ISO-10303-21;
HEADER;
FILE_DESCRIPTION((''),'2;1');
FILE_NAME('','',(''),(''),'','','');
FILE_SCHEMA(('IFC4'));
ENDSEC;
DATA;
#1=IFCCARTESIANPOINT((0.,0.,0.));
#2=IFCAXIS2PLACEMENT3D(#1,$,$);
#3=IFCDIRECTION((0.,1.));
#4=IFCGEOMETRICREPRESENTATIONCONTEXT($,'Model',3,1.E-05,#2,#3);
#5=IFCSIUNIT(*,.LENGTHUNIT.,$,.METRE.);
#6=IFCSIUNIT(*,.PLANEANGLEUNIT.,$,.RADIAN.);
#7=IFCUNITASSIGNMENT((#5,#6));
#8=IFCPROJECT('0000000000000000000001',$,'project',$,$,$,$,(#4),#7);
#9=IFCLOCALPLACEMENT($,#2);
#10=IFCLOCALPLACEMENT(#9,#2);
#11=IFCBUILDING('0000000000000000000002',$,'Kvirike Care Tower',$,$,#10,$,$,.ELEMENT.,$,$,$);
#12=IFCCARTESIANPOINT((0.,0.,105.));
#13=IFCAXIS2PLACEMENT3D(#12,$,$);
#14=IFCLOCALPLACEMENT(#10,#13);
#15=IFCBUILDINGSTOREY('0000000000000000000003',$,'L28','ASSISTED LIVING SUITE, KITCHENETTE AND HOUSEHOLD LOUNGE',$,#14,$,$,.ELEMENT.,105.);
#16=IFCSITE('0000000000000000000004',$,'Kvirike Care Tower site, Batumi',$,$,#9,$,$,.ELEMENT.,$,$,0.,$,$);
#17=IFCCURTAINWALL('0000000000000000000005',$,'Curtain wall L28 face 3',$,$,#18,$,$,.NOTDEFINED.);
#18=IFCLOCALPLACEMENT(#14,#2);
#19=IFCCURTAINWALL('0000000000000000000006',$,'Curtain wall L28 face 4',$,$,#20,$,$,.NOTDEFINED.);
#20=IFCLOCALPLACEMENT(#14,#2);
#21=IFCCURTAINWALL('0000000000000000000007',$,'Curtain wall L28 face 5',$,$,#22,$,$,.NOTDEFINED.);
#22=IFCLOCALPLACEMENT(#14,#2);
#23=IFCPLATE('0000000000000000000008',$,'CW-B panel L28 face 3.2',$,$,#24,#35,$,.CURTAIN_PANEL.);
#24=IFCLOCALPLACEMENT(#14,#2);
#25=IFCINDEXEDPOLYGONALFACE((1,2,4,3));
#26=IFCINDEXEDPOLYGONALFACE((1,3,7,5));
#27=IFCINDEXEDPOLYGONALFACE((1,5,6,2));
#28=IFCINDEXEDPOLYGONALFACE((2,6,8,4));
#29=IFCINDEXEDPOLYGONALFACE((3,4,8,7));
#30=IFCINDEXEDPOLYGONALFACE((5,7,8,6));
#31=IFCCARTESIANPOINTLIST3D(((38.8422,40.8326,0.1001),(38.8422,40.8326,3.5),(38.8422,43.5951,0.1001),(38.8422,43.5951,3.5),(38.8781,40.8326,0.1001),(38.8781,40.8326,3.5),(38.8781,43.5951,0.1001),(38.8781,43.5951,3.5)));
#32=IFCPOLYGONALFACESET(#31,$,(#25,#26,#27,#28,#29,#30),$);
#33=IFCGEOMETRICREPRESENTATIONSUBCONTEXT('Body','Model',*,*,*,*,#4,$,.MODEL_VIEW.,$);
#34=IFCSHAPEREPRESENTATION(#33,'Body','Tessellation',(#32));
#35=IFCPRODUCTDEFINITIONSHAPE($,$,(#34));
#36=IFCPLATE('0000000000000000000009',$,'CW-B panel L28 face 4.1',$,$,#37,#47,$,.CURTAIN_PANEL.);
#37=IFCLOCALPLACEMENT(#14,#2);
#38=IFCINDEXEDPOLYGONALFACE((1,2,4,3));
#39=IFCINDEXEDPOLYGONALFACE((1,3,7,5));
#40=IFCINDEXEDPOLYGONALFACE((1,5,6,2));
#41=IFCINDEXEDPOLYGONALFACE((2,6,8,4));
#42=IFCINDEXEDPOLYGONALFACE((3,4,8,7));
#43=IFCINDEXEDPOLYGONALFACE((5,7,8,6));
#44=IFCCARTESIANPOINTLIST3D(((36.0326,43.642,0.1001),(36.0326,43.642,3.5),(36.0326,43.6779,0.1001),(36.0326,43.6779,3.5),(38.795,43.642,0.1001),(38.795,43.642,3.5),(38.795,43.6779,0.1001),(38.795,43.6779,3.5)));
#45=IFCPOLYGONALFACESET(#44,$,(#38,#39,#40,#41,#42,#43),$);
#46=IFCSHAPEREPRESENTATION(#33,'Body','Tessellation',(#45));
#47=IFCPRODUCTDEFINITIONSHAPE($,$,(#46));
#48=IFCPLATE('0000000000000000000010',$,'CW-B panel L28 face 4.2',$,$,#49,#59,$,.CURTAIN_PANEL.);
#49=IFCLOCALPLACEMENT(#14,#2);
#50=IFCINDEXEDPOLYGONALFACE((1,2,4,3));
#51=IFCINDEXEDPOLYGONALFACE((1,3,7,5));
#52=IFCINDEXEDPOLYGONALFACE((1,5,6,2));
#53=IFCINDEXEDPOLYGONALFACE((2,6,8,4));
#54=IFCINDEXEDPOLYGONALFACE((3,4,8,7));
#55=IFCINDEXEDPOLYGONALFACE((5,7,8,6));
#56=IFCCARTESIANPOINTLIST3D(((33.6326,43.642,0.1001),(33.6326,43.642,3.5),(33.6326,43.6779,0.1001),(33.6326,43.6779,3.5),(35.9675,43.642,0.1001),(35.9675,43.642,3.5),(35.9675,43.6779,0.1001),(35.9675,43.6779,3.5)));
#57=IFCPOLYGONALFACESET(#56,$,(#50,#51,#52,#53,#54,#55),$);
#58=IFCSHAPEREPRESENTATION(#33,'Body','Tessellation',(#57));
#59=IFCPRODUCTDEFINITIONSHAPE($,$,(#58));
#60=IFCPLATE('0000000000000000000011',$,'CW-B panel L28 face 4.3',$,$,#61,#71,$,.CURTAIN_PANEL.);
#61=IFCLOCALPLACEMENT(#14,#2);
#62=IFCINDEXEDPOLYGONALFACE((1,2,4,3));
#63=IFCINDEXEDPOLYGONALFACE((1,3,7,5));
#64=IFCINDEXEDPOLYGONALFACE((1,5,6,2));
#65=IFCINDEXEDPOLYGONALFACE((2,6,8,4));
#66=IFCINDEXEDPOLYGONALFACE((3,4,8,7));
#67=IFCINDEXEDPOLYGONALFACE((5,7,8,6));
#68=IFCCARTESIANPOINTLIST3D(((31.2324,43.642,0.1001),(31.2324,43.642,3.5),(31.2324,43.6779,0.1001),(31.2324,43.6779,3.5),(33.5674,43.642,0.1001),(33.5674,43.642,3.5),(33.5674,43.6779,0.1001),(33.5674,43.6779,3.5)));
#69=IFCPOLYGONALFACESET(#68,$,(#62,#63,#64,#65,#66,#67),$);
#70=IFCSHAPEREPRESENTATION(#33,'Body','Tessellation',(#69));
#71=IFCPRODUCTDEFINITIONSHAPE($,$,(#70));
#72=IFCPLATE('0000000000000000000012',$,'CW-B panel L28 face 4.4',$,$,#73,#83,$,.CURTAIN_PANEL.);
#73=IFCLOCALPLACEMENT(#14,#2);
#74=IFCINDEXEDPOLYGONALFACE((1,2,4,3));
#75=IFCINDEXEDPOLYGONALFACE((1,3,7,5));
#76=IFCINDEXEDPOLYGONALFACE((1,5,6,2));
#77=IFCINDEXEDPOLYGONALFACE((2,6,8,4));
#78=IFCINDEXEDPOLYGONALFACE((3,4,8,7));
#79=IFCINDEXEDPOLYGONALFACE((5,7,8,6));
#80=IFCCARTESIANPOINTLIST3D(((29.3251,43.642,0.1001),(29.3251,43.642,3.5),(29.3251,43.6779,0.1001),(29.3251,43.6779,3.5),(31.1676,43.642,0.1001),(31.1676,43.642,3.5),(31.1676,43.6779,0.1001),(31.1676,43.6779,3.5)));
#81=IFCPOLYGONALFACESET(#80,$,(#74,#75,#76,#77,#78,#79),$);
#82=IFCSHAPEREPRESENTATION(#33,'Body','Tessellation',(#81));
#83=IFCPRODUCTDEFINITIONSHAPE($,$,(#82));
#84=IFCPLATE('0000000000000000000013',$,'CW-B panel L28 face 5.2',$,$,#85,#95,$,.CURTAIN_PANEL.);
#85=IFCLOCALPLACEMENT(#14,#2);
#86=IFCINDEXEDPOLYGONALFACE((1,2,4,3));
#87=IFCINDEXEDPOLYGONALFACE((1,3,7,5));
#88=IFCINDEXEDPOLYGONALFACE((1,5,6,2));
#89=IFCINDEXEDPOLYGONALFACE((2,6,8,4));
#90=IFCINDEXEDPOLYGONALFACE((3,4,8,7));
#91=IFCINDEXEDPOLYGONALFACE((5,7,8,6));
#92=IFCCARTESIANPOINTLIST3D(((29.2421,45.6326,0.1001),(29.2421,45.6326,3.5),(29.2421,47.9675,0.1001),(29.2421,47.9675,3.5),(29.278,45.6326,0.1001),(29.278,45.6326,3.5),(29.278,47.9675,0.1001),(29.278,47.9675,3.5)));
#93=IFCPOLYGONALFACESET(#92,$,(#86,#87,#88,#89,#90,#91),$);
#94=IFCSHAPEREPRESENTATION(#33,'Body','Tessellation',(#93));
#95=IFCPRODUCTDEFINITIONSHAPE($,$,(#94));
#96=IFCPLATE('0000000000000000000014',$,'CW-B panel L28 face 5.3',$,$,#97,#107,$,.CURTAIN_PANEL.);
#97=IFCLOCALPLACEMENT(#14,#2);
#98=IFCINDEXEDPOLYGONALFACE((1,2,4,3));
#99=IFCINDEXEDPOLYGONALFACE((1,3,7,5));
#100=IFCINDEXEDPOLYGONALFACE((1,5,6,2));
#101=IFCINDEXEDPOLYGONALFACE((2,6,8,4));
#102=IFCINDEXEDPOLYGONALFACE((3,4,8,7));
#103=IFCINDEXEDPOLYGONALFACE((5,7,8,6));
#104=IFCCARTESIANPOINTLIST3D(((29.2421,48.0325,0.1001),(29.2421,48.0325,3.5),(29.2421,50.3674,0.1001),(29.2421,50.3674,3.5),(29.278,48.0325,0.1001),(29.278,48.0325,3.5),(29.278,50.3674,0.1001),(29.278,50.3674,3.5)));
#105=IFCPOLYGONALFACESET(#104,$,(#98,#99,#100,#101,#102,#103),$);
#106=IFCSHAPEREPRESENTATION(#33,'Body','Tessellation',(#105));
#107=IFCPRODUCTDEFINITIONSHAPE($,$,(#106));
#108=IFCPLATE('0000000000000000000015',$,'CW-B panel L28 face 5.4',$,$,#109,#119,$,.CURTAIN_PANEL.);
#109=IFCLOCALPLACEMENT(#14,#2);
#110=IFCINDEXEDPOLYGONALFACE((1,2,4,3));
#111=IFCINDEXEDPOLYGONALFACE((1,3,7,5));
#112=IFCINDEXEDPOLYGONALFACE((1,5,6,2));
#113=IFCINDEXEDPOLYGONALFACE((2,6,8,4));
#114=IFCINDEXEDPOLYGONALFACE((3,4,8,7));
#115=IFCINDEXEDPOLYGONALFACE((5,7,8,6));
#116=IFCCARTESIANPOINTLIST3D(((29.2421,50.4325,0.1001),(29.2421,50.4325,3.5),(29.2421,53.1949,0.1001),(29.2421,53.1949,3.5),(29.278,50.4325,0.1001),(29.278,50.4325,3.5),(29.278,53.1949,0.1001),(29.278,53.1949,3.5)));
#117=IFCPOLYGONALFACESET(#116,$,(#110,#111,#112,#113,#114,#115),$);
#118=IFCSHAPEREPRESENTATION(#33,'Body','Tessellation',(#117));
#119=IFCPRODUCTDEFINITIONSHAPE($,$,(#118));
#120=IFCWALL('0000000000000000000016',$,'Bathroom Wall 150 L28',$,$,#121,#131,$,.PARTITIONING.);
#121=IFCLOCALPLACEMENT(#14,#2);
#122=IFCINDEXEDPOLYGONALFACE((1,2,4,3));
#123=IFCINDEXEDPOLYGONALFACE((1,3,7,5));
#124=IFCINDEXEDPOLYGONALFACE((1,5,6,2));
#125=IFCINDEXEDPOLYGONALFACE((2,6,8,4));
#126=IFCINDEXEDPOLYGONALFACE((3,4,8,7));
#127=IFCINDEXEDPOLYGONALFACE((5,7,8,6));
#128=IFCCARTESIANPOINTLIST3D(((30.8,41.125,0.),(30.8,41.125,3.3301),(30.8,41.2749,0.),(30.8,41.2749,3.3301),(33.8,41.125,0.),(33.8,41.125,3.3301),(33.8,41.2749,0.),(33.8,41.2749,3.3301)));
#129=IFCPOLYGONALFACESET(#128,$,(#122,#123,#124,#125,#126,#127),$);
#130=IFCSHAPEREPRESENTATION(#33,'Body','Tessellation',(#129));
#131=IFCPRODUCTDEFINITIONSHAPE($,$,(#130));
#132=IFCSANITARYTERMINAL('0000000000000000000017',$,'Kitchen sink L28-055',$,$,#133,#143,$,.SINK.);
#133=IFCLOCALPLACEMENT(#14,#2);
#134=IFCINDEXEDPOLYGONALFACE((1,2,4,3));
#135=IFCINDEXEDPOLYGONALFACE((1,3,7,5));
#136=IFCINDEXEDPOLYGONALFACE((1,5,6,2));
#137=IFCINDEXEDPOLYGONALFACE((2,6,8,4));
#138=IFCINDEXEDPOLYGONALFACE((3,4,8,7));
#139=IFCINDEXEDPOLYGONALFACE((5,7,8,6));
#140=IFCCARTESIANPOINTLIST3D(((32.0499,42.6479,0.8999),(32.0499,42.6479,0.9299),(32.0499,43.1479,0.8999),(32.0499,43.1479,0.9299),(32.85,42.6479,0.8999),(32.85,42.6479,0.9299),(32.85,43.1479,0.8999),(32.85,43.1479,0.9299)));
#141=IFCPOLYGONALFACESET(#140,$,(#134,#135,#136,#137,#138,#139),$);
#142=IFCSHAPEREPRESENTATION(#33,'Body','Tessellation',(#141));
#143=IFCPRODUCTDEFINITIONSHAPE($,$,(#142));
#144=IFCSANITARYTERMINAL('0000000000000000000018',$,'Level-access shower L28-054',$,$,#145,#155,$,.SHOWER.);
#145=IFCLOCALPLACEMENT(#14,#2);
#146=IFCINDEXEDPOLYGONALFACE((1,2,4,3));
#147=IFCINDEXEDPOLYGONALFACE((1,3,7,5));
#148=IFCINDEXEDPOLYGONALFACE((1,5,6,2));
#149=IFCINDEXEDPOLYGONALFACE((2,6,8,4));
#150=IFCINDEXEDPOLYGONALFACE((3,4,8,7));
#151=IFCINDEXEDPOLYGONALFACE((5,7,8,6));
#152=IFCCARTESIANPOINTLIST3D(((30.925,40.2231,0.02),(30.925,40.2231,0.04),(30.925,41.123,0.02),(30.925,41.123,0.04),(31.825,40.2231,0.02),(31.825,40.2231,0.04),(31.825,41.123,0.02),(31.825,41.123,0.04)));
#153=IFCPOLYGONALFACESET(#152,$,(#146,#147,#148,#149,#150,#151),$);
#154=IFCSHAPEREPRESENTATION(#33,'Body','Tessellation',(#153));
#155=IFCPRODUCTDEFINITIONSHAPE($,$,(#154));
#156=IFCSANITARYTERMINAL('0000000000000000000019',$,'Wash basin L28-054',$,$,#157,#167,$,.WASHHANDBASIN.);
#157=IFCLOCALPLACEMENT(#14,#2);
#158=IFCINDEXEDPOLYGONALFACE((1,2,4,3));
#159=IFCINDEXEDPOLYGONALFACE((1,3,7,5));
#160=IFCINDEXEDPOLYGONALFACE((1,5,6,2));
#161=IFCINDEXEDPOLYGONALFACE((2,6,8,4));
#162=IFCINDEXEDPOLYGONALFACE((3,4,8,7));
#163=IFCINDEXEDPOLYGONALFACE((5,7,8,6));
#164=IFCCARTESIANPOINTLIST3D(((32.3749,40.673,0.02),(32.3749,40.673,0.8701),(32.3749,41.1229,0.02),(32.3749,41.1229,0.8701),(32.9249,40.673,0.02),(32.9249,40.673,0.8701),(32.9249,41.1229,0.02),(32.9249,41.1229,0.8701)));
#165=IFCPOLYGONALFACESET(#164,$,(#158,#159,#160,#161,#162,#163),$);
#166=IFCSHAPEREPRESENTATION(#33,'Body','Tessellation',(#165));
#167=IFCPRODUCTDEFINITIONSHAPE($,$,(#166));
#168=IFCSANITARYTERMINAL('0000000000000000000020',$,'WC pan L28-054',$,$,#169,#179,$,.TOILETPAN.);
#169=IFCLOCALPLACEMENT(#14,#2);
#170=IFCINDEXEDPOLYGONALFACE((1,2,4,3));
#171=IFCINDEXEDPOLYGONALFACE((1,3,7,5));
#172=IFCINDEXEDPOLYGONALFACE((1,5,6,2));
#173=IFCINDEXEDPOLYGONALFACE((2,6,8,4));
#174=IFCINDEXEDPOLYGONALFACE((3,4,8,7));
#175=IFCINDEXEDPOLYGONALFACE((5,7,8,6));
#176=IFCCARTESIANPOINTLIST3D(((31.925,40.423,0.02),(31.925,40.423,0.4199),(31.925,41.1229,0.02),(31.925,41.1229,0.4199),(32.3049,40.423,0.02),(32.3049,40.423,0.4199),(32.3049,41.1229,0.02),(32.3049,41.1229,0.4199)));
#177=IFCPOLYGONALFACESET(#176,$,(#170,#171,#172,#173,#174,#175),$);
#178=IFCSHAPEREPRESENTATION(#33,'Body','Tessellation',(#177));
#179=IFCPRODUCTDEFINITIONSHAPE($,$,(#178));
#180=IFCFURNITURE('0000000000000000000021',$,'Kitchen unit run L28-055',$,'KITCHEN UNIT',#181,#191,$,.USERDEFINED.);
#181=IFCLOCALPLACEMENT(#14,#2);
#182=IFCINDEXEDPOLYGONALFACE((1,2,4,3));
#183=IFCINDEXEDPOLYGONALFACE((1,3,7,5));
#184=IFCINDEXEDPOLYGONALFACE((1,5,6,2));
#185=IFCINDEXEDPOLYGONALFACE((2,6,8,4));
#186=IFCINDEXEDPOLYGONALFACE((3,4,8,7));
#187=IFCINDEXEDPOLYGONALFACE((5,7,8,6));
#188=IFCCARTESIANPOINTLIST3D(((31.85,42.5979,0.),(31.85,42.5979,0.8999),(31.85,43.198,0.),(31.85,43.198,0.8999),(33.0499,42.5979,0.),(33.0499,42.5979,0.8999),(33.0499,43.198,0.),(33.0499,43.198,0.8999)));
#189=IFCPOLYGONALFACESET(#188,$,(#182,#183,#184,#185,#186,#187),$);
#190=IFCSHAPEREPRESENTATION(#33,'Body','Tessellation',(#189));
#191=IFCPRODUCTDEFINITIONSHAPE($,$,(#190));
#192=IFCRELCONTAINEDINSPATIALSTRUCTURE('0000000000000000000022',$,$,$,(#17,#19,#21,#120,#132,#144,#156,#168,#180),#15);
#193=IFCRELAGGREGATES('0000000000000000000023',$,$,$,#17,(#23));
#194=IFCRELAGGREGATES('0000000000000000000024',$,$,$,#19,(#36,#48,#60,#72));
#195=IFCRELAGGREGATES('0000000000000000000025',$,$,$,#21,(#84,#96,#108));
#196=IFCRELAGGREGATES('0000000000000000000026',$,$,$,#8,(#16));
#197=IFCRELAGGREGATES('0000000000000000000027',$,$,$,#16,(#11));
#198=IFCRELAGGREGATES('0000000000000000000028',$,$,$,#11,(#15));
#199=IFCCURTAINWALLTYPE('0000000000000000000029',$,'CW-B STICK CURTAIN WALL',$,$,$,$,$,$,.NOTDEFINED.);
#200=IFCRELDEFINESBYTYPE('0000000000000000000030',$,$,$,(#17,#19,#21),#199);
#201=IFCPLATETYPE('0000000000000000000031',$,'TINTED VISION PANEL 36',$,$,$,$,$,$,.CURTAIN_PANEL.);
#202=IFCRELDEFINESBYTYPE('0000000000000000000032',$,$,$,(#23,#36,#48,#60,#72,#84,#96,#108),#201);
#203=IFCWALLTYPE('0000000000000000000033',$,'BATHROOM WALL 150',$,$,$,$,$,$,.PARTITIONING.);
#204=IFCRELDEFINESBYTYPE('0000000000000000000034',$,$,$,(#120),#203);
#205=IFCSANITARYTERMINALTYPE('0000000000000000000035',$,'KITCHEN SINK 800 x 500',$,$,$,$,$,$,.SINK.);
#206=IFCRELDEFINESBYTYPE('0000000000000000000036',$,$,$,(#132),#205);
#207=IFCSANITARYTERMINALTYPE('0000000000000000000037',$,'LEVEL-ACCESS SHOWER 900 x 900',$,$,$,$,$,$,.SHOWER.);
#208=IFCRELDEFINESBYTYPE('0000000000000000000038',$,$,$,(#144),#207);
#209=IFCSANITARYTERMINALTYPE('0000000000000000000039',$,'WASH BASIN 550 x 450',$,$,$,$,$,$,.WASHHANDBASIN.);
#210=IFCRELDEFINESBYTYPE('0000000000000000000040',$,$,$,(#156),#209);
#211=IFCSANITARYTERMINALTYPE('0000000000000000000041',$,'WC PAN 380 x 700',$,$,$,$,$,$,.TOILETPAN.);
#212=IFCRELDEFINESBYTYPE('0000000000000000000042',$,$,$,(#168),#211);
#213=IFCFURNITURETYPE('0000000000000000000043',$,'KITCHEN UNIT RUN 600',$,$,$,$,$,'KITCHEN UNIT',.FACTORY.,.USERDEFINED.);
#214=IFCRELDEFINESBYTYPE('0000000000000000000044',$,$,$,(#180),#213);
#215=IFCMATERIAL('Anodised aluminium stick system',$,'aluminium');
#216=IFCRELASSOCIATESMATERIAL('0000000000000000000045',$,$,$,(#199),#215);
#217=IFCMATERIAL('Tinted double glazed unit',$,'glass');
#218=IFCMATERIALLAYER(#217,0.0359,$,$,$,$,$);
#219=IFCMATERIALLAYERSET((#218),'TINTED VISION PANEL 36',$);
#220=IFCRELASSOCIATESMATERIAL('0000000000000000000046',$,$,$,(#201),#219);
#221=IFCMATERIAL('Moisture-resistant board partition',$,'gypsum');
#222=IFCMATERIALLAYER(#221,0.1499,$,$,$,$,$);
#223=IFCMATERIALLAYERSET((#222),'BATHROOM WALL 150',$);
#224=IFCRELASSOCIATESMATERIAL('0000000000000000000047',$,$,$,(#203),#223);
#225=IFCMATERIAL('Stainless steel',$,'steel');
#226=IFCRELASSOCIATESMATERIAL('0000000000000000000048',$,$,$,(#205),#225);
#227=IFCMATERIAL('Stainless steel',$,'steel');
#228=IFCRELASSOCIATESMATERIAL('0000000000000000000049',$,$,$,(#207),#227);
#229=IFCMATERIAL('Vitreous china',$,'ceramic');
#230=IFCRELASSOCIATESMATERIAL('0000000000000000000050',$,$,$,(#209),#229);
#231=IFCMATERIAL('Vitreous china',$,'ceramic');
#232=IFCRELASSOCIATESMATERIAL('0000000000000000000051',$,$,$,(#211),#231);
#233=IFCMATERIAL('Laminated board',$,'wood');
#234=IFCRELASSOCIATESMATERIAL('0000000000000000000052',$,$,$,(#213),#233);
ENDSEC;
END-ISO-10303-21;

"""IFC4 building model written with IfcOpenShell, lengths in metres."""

from ifc_helpers import new_model, si_unit, direction, frame, frame_2d, origin, origin_2d, place, context, subcontext, project, spatial, rectangle, extrude, material, layer, layer_set, type_object, element, aggregate, save


model = new_model("IFC4")

# Units and contexts
model_context = context("Model", 3, precision=1e-05, world=origin(), true_north=direction((0.0, 1.0)))
body_context = subcontext(model_context, "Body", "Model", "MODEL_VIEW")
ifc_project = project(units=[si_unit("LENGTHUNIT", "METRE"), si_unit("PLANEANGLEUNIT", "RADIAN")], contexts=[model_context])

# Site, building, storey
site_placement = place(None, origin())
site = spatial("IfcSite", under=ifc_project, at=site_placement, Name="Kvirike Care Tower site, Batumi", CompositionType="ELEMENT", RefElevation=0.0)
building_placement = place(site_placement, origin())
building = spatial("IfcBuilding", under=site, at=building_placement, Name="Kvirike Care Tower", CompositionType="ELEMENT")
storey_placement = place(building_placement, frame((0.0, 0.0, 105.0)))
storey = spatial("IfcBuildingStorey", under=building, at=storey_placement, Name="L28", Description="ASSISTED LIVING SUITE, KITCHENETTE AND HOUSEHOLD LOUNGE", CompositionType="ELEMENT", Elevation=105.0)

# Curtain walls
ifc_material_1 = material(Name="Anodised aluminium stick system", Category="aluminium")
curtain_wall_type = type_object("IfcCurtainWallType", Name="CW-B STICK CURTAIN WALL", PredefinedType="NOTDEFINED", material=ifc_material_1)
curtain_wall_1_placement = place(storey_placement, origin())
curtain_wall_1 = element("IfcCurtainWall", 1, at=curtain_wall_1_placement, inside=storey, type_object=curtain_wall_type, Name="Curtain wall L28 face 3", PredefinedType="NOTDEFINED")
curtain_wall_2_placement = place(storey_placement, origin())
curtain_wall_2 = element("IfcCurtainWall", 2, at=curtain_wall_2_placement, inside=storey, type_object=curtain_wall_type, Name="Curtain wall L28 face 4", PredefinedType="NOTDEFINED")
curtain_wall_3_placement = place(storey_placement, origin())
curtain_wall_3 = element("IfcCurtainWall", 3, at=curtain_wall_3_placement, inside=storey, type_object=curtain_wall_type, Name="Curtain wall L28 face 5", PredefinedType="NOTDEFINED")

# Plates
ifc_material_2 = material(Name="Tinted double glazed unit", Category="glass")
ifc_layer_1 = layer(ifc_material_2, 0.0359)
ifc_layer_set_1 = layer_set([ifc_layer_1], Name="TINTED VISION PANEL 36")
plate_type = type_object("IfcPlateType", Name="TINTED VISION PANEL 36", PredefinedType="CURTAIN_PANEL", material=ifc_layer_set_1)
plate_1_placement = place(storey_placement, frame((38.8601, 42.2139, 0.1001), z_axis=(0.0, 0.0, 1.0), x_axis=(0.0, 1.0, 0.0)))
plate_1 = element("IfcPlate", 4, at=plate_1_placement, type_object=plate_type, Name="CW-B panel L28 face 3.2", PredefinedType="CURTAIN_PANEL", context=body_context, shape_type="SweptSolid", body=[
    extrude(rectangle(XDim=2.7625, YDim=0.0359, at=origin_2d()), origin(), (0.0, 0.0, 1.0), 3.3999),
])
aggregate(curtain_wall_1, [plate_1])
plate_2_placement = place(storey_placement, frame((37.4138, 43.6599, 0.1001), z_axis=(0.0, 0.0, 1.0), x_axis=(-1.0, 0.0, 0.0)))
plate_2 = element("IfcPlate", 5, at=plate_2_placement, type_object=plate_type, Name="CW-B panel L28 face 4.1", PredefinedType="CURTAIN_PANEL", context=body_context, shape_type="SweptSolid", body=[
    extrude(rectangle(XDim=2.7625, YDim=0.0359, at=origin_2d()), origin(), (0.0, 0.0, 1.0), 3.3999),
])
plate_3_placement = place(storey_placement, frame((34.8, 43.6599, 0.1001), z_axis=(0.0, 0.0, 1.0), x_axis=(-1.0, 0.0, 0.0)))
plate_3 = element("IfcPlate", 6, at=plate_3_placement, type_object=plate_type, Name="CW-B panel L28 face 4.2", PredefinedType="CURTAIN_PANEL", context=body_context, shape_type="SweptSolid", body=[
    extrude(rectangle(XDim=2.335, YDim=0.0359, at=origin_2d()), origin(), (0.0, 0.0, 1.0), 3.3999),
])
plate_4_placement = place(storey_placement, frame((32.3999, 43.6599, 0.1001), z_axis=(0.0, 0.0, 1.0), x_axis=(-1.0, 0.0, 0.0)))
plate_4 = element("IfcPlate", 7, at=plate_4_placement, type_object=plate_type, Name="CW-B panel L28 face 4.3", PredefinedType="CURTAIN_PANEL", context=body_context, shape_type="SweptSolid", body=[
    extrude(rectangle(XDim=2.335, YDim=0.0359, at=origin_2d()), origin(), (0.0, 0.0, 1.0), 3.3999),
])
plate_5_placement = place(storey_placement, frame((30.2463, 43.6599, 0.1001), z_axis=(0.0, 0.0, 1.0), x_axis=(-1.0, 0.0, 0.0)))
plate_5 = element("IfcPlate", 8, at=plate_5_placement, type_object=plate_type, Name="CW-B panel L28 face 4.4", PredefinedType="CURTAIN_PANEL", context=body_context, shape_type="SweptSolid", body=[
    extrude(rectangle(XDim=1.8425, YDim=0.0359, at=origin_2d()), origin(), (0.0, 0.0, 1.0), 3.3999),
])
aggregate(curtain_wall_2, [plate_2, plate_3, plate_4, plate_5])
plate_6_placement = place(storey_placement, frame((29.26, 46.8, 0.1001), z_axis=(0.0, 0.0, 1.0), x_axis=(0.0, 1.0, 0.0)))
plate_6 = element("IfcPlate", 9, at=plate_6_placement, type_object=plate_type, Name="CW-B panel L28 face 5.2", PredefinedType="CURTAIN_PANEL", context=body_context, shape_type="SweptSolid", body=[
    extrude(rectangle(XDim=2.335, YDim=0.0359, at=origin_2d()), origin(), (0.0, 0.0, 1.0), 3.3999),
])
plate_7_placement = place(storey_placement, frame((29.26, 49.2, 0.1001), z_axis=(0.0, 0.0, 1.0), x_axis=(0.0, 1.0, 0.0)))
plate_7 = element("IfcPlate", 10, at=plate_7_placement, type_object=plate_type, Name="CW-B panel L28 face 5.3", PredefinedType="CURTAIN_PANEL", context=body_context, shape_type="SweptSolid", body=[
    extrude(rectangle(XDim=2.335, YDim=0.0359, at=origin_2d()), origin(), (0.0, 0.0, 1.0), 3.3999),
])
plate_8_placement = place(storey_placement, frame((29.26, 51.8137, 0.1001), z_axis=(0.0, 0.0, 1.0), x_axis=(0.0, 1.0, 0.0)))
plate_8 = element("IfcPlate", 11, at=plate_8_placement, type_object=plate_type, Name="CW-B panel L28 face 5.4", PredefinedType="CURTAIN_PANEL", context=body_context, shape_type="SweptSolid", body=[
    extrude(rectangle(XDim=2.7625, YDim=0.0359, at=origin_2d()), origin(), (0.0, 0.0, 1.0), 3.3999),
])
aggregate(curtain_wall_3, [plate_6, plate_7, plate_8])

# Wall
ifc_material_3 = material(Name="Moisture-resistant board partition", Category="gypsum")
ifc_layer_2 = layer(ifc_material_3, 0.1499)
ifc_layer_set_2 = layer_set([ifc_layer_2], Name="BATHROOM WALL 150")
wall_type = type_object("IfcWallType", Name="BATHROOM WALL 150", PredefinedType="PARTITIONING", material=ifc_layer_set_2)
wall_placement = place(storey_placement, frame((33.8, 41.2, 0.0), z_axis=(0.0, 0.0, 1.0), x_axis=(-1.0, 0.0, 0.0)))
element("IfcWall", 12, at=wall_placement, inside=storey, type_object=wall_type, Name="Bathroom Wall 150 L28", PredefinedType="PARTITIONING", context=body_context, shape_type="SweptSolid", body=[
    extrude(rectangle(XDim=3.0, YDim=0.1499, at=frame_2d((1.5, 0.0))), origin(), (0.0, 0.0, 1.0), 3.3301),
])

# Sanitary terminals
ifc_material_4 = material(Name="Stainless steel", Category="steel")
sanitary_terminal_type_1 = type_object("IfcSanitaryTerminalType", Name="KITCHEN SINK 800 x 500", PredefinedType="SINK", material=ifc_material_4)
sanitary_terminal_1_placement = place(storey_placement, frame((32.45, 42.8979, 0.8999), z_axis=(0.0, 0.0, 1.0), x_axis=(1.0, 0.0, 0.0)))
element("IfcSanitaryTerminal", 13, at=sanitary_terminal_1_placement, inside=storey, type_object=sanitary_terminal_type_1, Name="Kitchen sink L28-055", PredefinedType="SINK", context=body_context, shape_type="SweptSolid", body=[
    extrude(rectangle(XDim=0.8, YDim=0.5, at=origin_2d()), origin(), (0.0, 0.0, 1.0), 0.03),
])
ifc_material_5 = material(Name="Stainless steel", Category="steel")
sanitary_terminal_type_2 = type_object("IfcSanitaryTerminalType", Name="LEVEL-ACCESS SHOWER 900 x 900", PredefinedType="SHOWER", material=ifc_material_5)
sanitary_terminal_2_placement = place(storey_placement, frame((31.375, 40.6731, 0.02), z_axis=(0.0, 0.0, 1.0), x_axis=(1.0, 0.0, 0.0)))
element("IfcSanitaryTerminal", 14, at=sanitary_terminal_2_placement, inside=storey, type_object=sanitary_terminal_type_2, Name="Level-access shower L28-054", PredefinedType="SHOWER", context=body_context, shape_type="SweptSolid", body=[
    extrude(rectangle(XDim=0.8999, YDim=0.8999, at=origin_2d()), origin(), (0.0, 0.0, 1.0), 0.02),
])
ifc_material_6 = material(Name="Vitreous china", Category="ceramic")
sanitary_terminal_type_3 = type_object("IfcSanitaryTerminalType", Name="WASH BASIN 550 x 450", PredefinedType="WASHHANDBASIN", material=ifc_material_6)
sanitary_terminal_3_placement = place(storey_placement, frame((32.6499, 40.8979, 0.02), z_axis=(0.0, 0.0, 1.0), x_axis=(1.0, 0.0, 0.0)))
element("IfcSanitaryTerminal", 15, at=sanitary_terminal_3_placement, inside=storey, type_object=sanitary_terminal_type_3, Name="Wash basin L28-054", PredefinedType="WASHHANDBASIN", context=body_context, shape_type="SweptSolid", body=[
    extrude(rectangle(XDim=0.55, YDim=0.45, at=origin_2d()), origin(), (0.0, 0.0, 1.0), 0.8501),
])
ifc_material_7 = material(Name="Vitreous china", Category="ceramic")
sanitary_terminal_type_4 = type_object("IfcSanitaryTerminalType", Name="WC PAN 380 x 700", PredefinedType="TOILETPAN", material=ifc_material_7)
sanitary_terminal_4_placement = place(storey_placement, frame((32.115, 40.7729, 0.02), z_axis=(0.0, 0.0, 1.0), x_axis=(1.0, 0.0, 0.0)))
element("IfcSanitaryTerminal", 16, at=sanitary_terminal_4_placement, inside=storey, type_object=sanitary_terminal_type_4, Name="WC pan L28-054", PredefinedType="TOILETPAN", context=body_context, shape_type="SweptSolid", body=[
    extrude(rectangle(XDim=0.3799, YDim=0.7, at=origin_2d()), origin(), (0.0, 0.0, 1.0), 0.3999),
])

# Furniture
ifc_material_8 = material(Name="Laminated board", Category="wood")
furniture_type = type_object("IfcFurnitureType", Name="KITCHEN UNIT RUN 600", ElementType="KITCHEN UNIT", AssemblyPlace="FACTORY", PredefinedType="USERDEFINED", material=ifc_material_8)
furniture_placement = place(storey_placement, frame((32.45, 42.8979, 0.0), z_axis=(0.0, 0.0, 1.0), x_axis=(1.0, 0.0, 0.0)))
element("IfcFurniture", 17, at=furniture_placement, inside=storey, type_object=furniture_type, Name="Kitchen unit run L28-055", ObjectType="KITCHEN UNIT", PredefinedType="USERDEFINED", context=body_context, shape_type="SweptSolid", body=[
    extrude(rectangle(XDim=1.2, YDim=0.6001, at=origin_2d()), origin(), (0.0, 0.0, 1.0), 0.8999),
])

save(model, "model.ifc")
